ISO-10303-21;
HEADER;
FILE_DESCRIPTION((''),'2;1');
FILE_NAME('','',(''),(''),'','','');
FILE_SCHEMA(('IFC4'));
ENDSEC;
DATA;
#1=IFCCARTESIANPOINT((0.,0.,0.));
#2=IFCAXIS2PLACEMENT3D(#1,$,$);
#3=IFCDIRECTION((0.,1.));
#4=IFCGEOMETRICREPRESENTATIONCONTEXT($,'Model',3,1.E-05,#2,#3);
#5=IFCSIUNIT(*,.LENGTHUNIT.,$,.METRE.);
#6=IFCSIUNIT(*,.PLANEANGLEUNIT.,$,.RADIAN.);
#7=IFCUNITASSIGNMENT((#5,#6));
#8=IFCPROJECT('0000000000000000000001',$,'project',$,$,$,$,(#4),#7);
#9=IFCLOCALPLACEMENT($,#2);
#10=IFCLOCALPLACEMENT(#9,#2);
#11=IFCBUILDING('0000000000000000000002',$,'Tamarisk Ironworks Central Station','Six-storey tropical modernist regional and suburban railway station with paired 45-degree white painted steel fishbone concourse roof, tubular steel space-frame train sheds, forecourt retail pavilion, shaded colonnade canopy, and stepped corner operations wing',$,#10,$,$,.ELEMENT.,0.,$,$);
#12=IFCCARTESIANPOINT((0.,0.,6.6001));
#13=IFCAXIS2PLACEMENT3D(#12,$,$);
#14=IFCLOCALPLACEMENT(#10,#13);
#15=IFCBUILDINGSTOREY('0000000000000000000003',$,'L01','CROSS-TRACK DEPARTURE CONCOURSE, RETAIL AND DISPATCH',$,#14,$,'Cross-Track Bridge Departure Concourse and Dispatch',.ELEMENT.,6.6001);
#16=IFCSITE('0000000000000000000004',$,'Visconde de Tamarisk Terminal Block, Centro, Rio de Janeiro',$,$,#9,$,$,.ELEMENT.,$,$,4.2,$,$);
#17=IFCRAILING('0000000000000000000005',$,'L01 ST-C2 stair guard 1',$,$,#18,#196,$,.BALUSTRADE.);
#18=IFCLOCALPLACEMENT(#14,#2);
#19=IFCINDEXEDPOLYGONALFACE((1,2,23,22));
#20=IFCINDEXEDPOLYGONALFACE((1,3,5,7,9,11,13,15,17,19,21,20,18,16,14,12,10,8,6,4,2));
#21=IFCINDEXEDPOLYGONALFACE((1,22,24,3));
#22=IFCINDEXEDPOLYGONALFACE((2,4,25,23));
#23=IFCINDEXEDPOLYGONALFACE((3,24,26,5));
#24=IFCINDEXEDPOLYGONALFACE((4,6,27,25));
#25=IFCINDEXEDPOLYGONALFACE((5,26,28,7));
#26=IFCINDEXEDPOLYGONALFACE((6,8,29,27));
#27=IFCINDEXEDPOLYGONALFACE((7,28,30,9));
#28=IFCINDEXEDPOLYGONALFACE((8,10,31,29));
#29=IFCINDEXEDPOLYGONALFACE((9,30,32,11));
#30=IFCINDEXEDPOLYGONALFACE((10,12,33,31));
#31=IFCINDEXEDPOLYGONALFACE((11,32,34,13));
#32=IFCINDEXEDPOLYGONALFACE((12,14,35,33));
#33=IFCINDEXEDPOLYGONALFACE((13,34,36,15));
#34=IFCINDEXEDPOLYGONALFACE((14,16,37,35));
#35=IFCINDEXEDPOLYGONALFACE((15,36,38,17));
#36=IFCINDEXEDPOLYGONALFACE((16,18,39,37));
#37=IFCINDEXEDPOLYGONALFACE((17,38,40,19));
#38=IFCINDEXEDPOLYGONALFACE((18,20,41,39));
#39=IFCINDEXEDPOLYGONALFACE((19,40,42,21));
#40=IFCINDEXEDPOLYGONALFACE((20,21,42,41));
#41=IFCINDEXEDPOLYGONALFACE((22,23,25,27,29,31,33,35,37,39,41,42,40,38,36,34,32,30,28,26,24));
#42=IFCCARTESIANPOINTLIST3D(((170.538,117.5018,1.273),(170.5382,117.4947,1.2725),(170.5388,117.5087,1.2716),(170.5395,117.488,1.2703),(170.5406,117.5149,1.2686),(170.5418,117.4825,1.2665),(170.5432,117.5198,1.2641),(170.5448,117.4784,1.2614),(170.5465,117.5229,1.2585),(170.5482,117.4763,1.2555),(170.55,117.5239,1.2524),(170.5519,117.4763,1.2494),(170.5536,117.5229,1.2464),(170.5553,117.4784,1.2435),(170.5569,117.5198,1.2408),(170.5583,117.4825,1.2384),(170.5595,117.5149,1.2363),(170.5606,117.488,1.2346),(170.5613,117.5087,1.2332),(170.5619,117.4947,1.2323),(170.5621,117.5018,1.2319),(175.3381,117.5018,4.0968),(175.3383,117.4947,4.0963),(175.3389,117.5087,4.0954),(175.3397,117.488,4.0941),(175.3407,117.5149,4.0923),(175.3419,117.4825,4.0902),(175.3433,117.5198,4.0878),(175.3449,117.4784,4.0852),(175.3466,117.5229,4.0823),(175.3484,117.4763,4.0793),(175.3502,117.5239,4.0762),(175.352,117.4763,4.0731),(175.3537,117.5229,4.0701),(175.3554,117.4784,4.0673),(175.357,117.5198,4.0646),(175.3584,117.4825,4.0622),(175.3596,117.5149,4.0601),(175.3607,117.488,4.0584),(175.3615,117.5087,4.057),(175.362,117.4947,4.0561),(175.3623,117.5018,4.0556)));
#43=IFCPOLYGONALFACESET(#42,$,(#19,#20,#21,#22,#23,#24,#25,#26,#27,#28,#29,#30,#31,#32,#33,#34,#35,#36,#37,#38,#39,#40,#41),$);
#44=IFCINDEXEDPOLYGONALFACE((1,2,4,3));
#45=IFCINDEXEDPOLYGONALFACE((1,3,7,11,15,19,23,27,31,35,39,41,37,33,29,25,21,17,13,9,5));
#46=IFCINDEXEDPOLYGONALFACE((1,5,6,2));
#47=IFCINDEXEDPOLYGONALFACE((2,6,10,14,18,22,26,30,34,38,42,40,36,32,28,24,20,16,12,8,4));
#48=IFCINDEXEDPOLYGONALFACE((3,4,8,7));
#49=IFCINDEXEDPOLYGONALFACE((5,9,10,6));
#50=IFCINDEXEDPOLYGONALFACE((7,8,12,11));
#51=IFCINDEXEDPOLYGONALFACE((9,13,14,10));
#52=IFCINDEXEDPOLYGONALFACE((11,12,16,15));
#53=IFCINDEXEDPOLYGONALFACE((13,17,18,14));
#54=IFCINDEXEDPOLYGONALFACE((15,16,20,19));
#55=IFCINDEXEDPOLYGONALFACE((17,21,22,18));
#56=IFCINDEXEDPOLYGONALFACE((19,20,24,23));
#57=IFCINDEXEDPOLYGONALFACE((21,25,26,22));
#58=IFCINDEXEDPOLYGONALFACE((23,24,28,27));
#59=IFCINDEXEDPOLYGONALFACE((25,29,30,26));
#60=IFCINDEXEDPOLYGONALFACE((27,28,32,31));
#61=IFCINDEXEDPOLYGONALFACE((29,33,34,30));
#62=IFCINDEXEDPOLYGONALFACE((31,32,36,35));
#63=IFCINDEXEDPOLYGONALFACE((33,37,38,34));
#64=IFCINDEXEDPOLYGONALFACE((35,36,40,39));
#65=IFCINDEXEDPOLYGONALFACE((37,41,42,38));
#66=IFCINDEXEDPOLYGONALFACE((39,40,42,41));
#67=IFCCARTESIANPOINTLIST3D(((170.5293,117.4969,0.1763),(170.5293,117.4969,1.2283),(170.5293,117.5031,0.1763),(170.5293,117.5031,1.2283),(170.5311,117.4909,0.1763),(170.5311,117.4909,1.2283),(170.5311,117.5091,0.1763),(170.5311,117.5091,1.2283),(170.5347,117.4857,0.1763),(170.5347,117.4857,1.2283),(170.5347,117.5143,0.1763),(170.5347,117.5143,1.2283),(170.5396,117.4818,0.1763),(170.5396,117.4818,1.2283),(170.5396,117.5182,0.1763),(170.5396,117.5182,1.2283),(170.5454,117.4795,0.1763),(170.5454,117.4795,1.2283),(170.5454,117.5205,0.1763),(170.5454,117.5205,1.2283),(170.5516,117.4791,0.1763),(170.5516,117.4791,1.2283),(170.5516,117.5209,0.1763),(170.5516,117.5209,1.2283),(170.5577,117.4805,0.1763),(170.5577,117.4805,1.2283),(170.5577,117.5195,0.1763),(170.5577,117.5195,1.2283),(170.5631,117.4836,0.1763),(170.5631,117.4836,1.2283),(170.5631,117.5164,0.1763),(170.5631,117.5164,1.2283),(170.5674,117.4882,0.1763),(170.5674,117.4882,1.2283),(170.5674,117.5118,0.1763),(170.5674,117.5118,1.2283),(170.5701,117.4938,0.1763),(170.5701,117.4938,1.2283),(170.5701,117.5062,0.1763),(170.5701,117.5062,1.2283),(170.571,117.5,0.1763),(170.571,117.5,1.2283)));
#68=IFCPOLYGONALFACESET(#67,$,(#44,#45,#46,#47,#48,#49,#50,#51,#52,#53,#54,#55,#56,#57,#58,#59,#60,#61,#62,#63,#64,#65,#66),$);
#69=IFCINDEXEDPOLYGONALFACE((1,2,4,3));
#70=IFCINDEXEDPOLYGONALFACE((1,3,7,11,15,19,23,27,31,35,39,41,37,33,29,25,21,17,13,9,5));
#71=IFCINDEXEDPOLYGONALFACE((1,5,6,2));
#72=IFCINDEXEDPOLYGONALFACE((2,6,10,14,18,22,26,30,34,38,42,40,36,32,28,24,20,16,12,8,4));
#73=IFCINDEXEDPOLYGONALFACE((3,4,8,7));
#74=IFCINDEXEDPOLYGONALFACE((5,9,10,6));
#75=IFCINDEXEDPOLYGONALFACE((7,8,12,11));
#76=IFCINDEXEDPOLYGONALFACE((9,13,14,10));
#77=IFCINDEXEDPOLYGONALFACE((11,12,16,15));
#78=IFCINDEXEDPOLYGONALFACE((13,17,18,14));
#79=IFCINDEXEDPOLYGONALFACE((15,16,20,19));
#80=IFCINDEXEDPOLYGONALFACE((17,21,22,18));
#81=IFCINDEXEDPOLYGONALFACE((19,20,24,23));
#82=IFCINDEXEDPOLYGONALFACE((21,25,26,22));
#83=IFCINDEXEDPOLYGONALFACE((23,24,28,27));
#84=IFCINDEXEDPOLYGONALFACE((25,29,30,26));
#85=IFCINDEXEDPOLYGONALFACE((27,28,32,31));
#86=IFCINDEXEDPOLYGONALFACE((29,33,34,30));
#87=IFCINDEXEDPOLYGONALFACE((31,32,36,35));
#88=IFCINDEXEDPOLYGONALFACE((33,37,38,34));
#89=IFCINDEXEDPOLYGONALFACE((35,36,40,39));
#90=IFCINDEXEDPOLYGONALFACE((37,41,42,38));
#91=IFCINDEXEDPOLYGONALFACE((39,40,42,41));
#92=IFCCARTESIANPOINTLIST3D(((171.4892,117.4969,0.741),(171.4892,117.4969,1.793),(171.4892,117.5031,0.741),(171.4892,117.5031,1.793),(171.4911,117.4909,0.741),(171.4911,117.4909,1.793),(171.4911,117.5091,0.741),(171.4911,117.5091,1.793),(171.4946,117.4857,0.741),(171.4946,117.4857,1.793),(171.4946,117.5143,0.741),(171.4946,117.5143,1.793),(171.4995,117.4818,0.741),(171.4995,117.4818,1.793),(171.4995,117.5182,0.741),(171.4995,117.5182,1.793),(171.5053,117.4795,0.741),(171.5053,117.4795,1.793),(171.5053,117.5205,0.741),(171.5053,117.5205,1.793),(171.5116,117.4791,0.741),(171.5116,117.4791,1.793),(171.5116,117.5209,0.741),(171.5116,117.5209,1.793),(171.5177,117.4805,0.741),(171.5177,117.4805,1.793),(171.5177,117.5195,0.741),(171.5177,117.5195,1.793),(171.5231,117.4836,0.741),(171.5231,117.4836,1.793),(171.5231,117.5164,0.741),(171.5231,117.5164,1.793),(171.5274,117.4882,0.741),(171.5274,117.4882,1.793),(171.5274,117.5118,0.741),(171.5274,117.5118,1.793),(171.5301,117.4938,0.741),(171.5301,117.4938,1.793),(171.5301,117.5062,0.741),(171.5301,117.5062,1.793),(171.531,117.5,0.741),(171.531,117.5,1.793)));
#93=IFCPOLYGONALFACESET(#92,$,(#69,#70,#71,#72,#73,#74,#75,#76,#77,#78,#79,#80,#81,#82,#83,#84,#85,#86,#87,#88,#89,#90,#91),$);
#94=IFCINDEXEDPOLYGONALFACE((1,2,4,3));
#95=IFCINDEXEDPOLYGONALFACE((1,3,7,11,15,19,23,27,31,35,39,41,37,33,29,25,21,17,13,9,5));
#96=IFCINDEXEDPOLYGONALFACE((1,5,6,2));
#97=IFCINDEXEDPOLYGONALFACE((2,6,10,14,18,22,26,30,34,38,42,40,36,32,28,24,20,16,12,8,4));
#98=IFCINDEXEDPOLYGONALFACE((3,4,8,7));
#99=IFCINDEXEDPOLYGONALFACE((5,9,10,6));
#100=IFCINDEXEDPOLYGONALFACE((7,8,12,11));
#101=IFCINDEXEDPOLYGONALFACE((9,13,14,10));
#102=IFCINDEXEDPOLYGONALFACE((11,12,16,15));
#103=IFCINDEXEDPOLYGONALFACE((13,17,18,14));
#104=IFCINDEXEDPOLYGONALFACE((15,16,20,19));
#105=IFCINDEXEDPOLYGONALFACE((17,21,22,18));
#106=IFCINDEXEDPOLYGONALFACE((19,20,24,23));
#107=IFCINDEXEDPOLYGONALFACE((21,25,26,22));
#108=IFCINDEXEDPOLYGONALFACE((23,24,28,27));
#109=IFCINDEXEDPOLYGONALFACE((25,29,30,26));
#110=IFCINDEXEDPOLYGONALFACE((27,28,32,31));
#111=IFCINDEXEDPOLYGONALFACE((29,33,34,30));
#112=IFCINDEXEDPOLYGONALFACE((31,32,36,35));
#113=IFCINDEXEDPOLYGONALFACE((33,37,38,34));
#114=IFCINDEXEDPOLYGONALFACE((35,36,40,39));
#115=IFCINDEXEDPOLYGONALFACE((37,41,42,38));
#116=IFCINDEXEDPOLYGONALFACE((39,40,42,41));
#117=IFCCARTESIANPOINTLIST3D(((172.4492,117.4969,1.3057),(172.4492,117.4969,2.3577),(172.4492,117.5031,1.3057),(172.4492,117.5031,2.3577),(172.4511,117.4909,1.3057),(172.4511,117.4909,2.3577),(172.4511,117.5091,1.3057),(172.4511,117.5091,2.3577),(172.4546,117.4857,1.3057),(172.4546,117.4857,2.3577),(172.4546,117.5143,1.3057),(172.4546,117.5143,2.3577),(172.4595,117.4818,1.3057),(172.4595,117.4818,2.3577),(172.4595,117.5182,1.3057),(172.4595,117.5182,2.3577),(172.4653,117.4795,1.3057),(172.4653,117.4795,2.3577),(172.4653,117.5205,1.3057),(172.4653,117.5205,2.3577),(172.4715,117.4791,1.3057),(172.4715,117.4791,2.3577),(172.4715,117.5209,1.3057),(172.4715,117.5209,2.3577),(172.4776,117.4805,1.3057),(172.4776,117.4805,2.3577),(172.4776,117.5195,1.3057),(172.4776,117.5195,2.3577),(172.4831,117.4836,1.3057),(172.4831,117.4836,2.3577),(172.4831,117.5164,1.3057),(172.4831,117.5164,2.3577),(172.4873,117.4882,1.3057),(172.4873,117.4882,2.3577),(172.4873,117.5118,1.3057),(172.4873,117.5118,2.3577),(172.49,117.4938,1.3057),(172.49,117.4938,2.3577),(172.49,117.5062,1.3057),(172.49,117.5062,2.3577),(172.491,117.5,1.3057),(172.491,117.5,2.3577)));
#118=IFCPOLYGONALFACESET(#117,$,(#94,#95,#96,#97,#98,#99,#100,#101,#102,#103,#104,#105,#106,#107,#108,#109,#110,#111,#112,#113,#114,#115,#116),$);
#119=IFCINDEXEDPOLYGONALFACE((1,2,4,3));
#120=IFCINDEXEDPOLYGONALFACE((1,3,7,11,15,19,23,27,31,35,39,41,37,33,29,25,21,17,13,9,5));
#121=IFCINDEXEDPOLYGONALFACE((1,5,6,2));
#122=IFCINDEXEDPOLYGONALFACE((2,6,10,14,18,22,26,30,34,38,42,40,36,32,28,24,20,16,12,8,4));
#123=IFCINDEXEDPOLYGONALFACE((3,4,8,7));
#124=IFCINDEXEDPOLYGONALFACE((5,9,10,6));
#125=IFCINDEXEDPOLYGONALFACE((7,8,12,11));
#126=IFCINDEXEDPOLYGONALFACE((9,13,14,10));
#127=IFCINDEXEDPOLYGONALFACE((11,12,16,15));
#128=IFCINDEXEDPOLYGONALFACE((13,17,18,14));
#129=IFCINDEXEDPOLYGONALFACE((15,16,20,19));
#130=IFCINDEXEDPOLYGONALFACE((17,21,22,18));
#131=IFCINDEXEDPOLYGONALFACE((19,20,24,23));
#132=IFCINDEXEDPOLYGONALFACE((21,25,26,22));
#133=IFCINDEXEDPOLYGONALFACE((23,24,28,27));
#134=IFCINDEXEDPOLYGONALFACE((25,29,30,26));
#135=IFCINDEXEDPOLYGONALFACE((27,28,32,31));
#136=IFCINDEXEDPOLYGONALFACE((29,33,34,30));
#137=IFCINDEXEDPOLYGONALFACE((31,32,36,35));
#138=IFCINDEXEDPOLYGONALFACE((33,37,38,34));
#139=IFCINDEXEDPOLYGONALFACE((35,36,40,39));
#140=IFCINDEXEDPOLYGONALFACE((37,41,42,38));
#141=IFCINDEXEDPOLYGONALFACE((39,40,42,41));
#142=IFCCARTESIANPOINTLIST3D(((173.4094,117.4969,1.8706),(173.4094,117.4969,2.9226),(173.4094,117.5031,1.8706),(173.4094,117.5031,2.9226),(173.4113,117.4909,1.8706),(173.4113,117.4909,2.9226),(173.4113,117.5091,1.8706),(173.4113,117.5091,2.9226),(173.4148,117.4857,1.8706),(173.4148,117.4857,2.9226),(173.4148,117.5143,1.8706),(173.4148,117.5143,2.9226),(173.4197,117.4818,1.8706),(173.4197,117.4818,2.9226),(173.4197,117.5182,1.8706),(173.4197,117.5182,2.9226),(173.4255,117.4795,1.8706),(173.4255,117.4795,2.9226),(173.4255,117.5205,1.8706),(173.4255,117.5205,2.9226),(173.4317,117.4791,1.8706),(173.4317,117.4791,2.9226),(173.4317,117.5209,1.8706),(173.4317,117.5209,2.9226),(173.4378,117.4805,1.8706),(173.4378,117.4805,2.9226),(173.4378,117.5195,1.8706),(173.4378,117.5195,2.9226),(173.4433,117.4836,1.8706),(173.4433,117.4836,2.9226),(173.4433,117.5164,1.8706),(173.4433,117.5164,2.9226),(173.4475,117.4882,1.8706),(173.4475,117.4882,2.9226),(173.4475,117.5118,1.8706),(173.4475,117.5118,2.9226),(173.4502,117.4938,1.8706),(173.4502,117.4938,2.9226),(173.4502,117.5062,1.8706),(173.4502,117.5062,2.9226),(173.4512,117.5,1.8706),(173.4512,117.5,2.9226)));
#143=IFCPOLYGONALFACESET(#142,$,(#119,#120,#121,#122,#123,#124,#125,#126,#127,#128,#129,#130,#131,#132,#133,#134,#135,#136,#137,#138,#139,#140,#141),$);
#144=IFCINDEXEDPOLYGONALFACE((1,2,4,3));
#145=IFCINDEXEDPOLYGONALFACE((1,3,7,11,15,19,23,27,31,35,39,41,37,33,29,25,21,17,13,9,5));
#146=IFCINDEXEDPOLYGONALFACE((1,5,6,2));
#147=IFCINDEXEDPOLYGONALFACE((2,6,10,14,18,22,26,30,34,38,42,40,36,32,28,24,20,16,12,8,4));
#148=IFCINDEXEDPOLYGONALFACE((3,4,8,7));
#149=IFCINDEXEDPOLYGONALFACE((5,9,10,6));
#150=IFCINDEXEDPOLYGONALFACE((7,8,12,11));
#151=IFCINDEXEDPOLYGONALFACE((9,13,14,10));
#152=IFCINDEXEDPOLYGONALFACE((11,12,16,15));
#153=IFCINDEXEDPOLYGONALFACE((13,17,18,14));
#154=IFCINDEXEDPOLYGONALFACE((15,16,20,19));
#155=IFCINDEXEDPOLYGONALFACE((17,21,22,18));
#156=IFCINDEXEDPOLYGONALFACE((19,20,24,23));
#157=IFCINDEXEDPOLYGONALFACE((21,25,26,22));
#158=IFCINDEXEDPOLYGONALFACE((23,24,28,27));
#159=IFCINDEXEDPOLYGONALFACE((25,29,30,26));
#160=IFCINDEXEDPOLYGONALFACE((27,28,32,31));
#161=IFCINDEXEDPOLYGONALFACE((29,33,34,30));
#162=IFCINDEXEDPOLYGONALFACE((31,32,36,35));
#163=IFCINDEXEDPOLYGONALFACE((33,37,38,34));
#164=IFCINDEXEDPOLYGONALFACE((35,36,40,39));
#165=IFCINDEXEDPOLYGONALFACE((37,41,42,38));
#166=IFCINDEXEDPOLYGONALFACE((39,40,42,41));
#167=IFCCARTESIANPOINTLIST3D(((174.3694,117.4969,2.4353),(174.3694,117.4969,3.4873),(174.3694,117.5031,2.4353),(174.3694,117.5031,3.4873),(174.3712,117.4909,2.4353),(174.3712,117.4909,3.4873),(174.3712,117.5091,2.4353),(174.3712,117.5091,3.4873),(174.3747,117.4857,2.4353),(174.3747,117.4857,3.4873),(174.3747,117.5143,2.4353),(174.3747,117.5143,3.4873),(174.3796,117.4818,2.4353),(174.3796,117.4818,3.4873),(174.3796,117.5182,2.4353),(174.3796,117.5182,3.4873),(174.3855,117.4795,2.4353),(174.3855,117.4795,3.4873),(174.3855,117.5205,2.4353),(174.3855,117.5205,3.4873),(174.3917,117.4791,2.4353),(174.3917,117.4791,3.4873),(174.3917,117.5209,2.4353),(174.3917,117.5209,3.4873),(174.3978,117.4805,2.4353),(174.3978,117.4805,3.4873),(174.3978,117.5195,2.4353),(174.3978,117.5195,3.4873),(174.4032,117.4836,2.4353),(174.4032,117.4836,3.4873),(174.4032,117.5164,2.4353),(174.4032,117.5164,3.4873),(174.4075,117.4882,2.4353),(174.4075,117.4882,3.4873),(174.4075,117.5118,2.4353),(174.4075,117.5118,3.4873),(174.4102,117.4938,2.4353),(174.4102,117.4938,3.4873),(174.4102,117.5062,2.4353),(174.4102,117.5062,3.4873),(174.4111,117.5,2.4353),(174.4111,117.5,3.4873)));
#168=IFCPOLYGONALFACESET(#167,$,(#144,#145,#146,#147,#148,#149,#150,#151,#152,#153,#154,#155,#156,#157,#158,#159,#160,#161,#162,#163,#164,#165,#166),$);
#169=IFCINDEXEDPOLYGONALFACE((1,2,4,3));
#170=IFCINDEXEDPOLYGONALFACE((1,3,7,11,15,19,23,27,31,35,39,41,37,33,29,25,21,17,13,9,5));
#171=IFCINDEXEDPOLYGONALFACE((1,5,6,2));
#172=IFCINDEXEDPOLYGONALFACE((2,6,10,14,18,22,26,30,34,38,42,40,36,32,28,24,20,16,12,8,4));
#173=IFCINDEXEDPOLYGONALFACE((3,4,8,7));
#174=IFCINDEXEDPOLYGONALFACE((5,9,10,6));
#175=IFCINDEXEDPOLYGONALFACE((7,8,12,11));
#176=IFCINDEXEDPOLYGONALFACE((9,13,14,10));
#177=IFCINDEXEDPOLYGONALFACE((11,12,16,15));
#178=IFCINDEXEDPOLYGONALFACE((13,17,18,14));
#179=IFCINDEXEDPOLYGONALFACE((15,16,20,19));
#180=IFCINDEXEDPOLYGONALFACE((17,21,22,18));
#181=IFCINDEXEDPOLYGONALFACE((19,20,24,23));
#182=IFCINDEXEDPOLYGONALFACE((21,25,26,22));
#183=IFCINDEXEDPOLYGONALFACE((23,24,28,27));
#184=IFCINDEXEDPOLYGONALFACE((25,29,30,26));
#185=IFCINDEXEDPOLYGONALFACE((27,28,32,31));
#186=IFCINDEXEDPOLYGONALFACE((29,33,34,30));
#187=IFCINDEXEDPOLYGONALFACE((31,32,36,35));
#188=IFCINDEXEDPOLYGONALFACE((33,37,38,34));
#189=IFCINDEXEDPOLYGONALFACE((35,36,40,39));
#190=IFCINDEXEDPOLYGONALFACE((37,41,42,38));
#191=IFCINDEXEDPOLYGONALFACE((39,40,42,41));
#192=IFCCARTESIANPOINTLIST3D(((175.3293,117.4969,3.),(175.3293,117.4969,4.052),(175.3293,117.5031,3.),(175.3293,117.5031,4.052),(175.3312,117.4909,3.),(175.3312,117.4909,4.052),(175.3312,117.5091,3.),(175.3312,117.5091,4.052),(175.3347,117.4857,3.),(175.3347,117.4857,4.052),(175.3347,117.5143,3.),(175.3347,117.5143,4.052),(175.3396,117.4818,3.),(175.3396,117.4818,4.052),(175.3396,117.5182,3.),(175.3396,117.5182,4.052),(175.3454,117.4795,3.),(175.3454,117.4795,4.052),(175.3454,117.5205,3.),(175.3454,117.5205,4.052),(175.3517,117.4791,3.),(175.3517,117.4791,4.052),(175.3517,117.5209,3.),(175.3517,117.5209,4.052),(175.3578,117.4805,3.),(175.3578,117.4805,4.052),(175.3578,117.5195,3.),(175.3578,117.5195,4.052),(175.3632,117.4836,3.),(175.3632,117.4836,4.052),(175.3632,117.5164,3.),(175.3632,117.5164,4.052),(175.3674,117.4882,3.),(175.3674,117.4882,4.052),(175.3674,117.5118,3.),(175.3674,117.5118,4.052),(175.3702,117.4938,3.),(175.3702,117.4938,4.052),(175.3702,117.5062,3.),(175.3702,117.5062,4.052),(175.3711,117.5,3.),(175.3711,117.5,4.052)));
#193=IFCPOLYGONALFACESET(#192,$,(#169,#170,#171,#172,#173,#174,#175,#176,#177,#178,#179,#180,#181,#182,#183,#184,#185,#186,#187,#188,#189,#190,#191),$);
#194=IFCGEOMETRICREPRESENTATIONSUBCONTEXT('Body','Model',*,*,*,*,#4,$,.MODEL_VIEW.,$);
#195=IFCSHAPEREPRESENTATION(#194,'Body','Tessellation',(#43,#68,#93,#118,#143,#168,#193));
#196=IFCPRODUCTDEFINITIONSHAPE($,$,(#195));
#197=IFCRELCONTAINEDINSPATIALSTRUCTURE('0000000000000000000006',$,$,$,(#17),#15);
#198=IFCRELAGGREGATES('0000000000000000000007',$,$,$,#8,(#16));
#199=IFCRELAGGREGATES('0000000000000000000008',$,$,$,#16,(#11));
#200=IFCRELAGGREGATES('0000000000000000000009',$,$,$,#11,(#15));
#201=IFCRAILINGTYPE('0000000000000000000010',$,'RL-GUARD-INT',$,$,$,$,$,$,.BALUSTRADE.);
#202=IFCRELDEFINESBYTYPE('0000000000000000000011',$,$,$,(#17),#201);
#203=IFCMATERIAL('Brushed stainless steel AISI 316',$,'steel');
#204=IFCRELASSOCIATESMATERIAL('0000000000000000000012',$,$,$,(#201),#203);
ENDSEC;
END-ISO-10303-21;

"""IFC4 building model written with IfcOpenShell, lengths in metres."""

from ifc_helpers import new_model, si_unit, direction, frame, origin, origin_2d, place, context, subcontext, project, spatial, circle, extrude, material, type_object, element, save


model = new_model("IFC4")

# Units and contexts
model_context = context("Model", 3, precision=1e-05, world=origin(), true_north=direction((0.0, 1.0)))
body_context = subcontext(model_context, "Body", "Model", "MODEL_VIEW")
ifc_project = project(units=[si_unit("LENGTHUNIT", "METRE"), si_unit("PLANEANGLEUNIT", "RADIAN")], contexts=[model_context])

# Site, building, storey
site_placement = place(None, origin())
site = spatial("IfcSite", under=ifc_project, at=site_placement, Name="Visconde de Tamarisk Terminal Block, Centro, Rio de Janeiro", CompositionType="ELEMENT", RefElevation=4.2)
building_placement = place(site_placement, origin())
building = spatial("IfcBuilding", under=site, at=building_placement, Name="Tamarisk Ironworks Central Station", Description="Six-storey tropical modernist regional and suburban railway station with paired 45-degree white painted steel fishbone concourse roof, tubular steel space-frame train sheds, forecourt retail pavilion, shaded colonnade canopy, and stepped corner operations wing", CompositionType="ELEMENT", ElevationOfRefHeight=0.0)
storey_placement = place(building_placement, frame((0.0, 0.0, 6.6001)))
storey = spatial("IfcBuildingStorey", under=building, at=storey_placement, Name="L01", Description="CROSS-TRACK DEPARTURE CONCOURSE, RETAIL AND DISPATCH", LongName="Cross-Track Bridge Departure Concourse and Dispatch", CompositionType="ELEMENT", Elevation=6.6001)

# Railing
ifc_material_1 = material(Name="Brushed stainless steel AISI 316", Category="steel")
railing_type_1 = type_object("IfcRailingType", Name="RL-GUARD-INT", PredefinedType="BALUSTRADE", material=ifc_material_1)
railing_1_placement = place(storey_placement, frame((170.55, 117.5, 0.1763)))
element("IfcRailing", 1, at=railing_1_placement, inside=storey, type_object=railing_type_1, Name="L01 ST-C2 stair guard 1", PredefinedType="BALUSTRADE", context=body_context, shape_type="SweptSolid", body=[
    extrude(circle(Radius=0.0239, at=origin_2d()), frame((0.0, 0.0, 1.0762), z_axis=(0.861921, 0.0, 0.507043), x_axis=(0.0, 1.0, 0.0)), (0.0, 0.0, 1.0), 5.5691),
    extrude(circle(Radius=0.021, at=origin_2d()), origin(), (0.0, 0.0, 1.0), 1.052),
    extrude(circle(Radius=0.021, at=origin_2d()), frame((0.96, 0.0, 0.5647)), (0.0, 0.0, 1.0), 1.052),
    extrude(circle(Radius=0.021, at=origin_2d()), frame((1.9199, 0.0, 1.1294)), (0.0, 0.0, 1.0), 1.052),
    extrude(circle(Radius=0.021, at=origin_2d()), frame((2.8801, 0.0, 1.6943)), (0.0, 0.0, 1.0), 1.052),
    extrude(circle(Radius=0.021, at=origin_2d()), frame((3.8401, 0.0, 2.259)), (0.0, 0.0, 1.0), 1.052),
    extrude(circle(Radius=0.021, at=origin_2d()), frame((4.8, 0.0, 2.8237)), (0.0, 0.0, 1.0), 1.052),
])

save(model, "model.ifc")
